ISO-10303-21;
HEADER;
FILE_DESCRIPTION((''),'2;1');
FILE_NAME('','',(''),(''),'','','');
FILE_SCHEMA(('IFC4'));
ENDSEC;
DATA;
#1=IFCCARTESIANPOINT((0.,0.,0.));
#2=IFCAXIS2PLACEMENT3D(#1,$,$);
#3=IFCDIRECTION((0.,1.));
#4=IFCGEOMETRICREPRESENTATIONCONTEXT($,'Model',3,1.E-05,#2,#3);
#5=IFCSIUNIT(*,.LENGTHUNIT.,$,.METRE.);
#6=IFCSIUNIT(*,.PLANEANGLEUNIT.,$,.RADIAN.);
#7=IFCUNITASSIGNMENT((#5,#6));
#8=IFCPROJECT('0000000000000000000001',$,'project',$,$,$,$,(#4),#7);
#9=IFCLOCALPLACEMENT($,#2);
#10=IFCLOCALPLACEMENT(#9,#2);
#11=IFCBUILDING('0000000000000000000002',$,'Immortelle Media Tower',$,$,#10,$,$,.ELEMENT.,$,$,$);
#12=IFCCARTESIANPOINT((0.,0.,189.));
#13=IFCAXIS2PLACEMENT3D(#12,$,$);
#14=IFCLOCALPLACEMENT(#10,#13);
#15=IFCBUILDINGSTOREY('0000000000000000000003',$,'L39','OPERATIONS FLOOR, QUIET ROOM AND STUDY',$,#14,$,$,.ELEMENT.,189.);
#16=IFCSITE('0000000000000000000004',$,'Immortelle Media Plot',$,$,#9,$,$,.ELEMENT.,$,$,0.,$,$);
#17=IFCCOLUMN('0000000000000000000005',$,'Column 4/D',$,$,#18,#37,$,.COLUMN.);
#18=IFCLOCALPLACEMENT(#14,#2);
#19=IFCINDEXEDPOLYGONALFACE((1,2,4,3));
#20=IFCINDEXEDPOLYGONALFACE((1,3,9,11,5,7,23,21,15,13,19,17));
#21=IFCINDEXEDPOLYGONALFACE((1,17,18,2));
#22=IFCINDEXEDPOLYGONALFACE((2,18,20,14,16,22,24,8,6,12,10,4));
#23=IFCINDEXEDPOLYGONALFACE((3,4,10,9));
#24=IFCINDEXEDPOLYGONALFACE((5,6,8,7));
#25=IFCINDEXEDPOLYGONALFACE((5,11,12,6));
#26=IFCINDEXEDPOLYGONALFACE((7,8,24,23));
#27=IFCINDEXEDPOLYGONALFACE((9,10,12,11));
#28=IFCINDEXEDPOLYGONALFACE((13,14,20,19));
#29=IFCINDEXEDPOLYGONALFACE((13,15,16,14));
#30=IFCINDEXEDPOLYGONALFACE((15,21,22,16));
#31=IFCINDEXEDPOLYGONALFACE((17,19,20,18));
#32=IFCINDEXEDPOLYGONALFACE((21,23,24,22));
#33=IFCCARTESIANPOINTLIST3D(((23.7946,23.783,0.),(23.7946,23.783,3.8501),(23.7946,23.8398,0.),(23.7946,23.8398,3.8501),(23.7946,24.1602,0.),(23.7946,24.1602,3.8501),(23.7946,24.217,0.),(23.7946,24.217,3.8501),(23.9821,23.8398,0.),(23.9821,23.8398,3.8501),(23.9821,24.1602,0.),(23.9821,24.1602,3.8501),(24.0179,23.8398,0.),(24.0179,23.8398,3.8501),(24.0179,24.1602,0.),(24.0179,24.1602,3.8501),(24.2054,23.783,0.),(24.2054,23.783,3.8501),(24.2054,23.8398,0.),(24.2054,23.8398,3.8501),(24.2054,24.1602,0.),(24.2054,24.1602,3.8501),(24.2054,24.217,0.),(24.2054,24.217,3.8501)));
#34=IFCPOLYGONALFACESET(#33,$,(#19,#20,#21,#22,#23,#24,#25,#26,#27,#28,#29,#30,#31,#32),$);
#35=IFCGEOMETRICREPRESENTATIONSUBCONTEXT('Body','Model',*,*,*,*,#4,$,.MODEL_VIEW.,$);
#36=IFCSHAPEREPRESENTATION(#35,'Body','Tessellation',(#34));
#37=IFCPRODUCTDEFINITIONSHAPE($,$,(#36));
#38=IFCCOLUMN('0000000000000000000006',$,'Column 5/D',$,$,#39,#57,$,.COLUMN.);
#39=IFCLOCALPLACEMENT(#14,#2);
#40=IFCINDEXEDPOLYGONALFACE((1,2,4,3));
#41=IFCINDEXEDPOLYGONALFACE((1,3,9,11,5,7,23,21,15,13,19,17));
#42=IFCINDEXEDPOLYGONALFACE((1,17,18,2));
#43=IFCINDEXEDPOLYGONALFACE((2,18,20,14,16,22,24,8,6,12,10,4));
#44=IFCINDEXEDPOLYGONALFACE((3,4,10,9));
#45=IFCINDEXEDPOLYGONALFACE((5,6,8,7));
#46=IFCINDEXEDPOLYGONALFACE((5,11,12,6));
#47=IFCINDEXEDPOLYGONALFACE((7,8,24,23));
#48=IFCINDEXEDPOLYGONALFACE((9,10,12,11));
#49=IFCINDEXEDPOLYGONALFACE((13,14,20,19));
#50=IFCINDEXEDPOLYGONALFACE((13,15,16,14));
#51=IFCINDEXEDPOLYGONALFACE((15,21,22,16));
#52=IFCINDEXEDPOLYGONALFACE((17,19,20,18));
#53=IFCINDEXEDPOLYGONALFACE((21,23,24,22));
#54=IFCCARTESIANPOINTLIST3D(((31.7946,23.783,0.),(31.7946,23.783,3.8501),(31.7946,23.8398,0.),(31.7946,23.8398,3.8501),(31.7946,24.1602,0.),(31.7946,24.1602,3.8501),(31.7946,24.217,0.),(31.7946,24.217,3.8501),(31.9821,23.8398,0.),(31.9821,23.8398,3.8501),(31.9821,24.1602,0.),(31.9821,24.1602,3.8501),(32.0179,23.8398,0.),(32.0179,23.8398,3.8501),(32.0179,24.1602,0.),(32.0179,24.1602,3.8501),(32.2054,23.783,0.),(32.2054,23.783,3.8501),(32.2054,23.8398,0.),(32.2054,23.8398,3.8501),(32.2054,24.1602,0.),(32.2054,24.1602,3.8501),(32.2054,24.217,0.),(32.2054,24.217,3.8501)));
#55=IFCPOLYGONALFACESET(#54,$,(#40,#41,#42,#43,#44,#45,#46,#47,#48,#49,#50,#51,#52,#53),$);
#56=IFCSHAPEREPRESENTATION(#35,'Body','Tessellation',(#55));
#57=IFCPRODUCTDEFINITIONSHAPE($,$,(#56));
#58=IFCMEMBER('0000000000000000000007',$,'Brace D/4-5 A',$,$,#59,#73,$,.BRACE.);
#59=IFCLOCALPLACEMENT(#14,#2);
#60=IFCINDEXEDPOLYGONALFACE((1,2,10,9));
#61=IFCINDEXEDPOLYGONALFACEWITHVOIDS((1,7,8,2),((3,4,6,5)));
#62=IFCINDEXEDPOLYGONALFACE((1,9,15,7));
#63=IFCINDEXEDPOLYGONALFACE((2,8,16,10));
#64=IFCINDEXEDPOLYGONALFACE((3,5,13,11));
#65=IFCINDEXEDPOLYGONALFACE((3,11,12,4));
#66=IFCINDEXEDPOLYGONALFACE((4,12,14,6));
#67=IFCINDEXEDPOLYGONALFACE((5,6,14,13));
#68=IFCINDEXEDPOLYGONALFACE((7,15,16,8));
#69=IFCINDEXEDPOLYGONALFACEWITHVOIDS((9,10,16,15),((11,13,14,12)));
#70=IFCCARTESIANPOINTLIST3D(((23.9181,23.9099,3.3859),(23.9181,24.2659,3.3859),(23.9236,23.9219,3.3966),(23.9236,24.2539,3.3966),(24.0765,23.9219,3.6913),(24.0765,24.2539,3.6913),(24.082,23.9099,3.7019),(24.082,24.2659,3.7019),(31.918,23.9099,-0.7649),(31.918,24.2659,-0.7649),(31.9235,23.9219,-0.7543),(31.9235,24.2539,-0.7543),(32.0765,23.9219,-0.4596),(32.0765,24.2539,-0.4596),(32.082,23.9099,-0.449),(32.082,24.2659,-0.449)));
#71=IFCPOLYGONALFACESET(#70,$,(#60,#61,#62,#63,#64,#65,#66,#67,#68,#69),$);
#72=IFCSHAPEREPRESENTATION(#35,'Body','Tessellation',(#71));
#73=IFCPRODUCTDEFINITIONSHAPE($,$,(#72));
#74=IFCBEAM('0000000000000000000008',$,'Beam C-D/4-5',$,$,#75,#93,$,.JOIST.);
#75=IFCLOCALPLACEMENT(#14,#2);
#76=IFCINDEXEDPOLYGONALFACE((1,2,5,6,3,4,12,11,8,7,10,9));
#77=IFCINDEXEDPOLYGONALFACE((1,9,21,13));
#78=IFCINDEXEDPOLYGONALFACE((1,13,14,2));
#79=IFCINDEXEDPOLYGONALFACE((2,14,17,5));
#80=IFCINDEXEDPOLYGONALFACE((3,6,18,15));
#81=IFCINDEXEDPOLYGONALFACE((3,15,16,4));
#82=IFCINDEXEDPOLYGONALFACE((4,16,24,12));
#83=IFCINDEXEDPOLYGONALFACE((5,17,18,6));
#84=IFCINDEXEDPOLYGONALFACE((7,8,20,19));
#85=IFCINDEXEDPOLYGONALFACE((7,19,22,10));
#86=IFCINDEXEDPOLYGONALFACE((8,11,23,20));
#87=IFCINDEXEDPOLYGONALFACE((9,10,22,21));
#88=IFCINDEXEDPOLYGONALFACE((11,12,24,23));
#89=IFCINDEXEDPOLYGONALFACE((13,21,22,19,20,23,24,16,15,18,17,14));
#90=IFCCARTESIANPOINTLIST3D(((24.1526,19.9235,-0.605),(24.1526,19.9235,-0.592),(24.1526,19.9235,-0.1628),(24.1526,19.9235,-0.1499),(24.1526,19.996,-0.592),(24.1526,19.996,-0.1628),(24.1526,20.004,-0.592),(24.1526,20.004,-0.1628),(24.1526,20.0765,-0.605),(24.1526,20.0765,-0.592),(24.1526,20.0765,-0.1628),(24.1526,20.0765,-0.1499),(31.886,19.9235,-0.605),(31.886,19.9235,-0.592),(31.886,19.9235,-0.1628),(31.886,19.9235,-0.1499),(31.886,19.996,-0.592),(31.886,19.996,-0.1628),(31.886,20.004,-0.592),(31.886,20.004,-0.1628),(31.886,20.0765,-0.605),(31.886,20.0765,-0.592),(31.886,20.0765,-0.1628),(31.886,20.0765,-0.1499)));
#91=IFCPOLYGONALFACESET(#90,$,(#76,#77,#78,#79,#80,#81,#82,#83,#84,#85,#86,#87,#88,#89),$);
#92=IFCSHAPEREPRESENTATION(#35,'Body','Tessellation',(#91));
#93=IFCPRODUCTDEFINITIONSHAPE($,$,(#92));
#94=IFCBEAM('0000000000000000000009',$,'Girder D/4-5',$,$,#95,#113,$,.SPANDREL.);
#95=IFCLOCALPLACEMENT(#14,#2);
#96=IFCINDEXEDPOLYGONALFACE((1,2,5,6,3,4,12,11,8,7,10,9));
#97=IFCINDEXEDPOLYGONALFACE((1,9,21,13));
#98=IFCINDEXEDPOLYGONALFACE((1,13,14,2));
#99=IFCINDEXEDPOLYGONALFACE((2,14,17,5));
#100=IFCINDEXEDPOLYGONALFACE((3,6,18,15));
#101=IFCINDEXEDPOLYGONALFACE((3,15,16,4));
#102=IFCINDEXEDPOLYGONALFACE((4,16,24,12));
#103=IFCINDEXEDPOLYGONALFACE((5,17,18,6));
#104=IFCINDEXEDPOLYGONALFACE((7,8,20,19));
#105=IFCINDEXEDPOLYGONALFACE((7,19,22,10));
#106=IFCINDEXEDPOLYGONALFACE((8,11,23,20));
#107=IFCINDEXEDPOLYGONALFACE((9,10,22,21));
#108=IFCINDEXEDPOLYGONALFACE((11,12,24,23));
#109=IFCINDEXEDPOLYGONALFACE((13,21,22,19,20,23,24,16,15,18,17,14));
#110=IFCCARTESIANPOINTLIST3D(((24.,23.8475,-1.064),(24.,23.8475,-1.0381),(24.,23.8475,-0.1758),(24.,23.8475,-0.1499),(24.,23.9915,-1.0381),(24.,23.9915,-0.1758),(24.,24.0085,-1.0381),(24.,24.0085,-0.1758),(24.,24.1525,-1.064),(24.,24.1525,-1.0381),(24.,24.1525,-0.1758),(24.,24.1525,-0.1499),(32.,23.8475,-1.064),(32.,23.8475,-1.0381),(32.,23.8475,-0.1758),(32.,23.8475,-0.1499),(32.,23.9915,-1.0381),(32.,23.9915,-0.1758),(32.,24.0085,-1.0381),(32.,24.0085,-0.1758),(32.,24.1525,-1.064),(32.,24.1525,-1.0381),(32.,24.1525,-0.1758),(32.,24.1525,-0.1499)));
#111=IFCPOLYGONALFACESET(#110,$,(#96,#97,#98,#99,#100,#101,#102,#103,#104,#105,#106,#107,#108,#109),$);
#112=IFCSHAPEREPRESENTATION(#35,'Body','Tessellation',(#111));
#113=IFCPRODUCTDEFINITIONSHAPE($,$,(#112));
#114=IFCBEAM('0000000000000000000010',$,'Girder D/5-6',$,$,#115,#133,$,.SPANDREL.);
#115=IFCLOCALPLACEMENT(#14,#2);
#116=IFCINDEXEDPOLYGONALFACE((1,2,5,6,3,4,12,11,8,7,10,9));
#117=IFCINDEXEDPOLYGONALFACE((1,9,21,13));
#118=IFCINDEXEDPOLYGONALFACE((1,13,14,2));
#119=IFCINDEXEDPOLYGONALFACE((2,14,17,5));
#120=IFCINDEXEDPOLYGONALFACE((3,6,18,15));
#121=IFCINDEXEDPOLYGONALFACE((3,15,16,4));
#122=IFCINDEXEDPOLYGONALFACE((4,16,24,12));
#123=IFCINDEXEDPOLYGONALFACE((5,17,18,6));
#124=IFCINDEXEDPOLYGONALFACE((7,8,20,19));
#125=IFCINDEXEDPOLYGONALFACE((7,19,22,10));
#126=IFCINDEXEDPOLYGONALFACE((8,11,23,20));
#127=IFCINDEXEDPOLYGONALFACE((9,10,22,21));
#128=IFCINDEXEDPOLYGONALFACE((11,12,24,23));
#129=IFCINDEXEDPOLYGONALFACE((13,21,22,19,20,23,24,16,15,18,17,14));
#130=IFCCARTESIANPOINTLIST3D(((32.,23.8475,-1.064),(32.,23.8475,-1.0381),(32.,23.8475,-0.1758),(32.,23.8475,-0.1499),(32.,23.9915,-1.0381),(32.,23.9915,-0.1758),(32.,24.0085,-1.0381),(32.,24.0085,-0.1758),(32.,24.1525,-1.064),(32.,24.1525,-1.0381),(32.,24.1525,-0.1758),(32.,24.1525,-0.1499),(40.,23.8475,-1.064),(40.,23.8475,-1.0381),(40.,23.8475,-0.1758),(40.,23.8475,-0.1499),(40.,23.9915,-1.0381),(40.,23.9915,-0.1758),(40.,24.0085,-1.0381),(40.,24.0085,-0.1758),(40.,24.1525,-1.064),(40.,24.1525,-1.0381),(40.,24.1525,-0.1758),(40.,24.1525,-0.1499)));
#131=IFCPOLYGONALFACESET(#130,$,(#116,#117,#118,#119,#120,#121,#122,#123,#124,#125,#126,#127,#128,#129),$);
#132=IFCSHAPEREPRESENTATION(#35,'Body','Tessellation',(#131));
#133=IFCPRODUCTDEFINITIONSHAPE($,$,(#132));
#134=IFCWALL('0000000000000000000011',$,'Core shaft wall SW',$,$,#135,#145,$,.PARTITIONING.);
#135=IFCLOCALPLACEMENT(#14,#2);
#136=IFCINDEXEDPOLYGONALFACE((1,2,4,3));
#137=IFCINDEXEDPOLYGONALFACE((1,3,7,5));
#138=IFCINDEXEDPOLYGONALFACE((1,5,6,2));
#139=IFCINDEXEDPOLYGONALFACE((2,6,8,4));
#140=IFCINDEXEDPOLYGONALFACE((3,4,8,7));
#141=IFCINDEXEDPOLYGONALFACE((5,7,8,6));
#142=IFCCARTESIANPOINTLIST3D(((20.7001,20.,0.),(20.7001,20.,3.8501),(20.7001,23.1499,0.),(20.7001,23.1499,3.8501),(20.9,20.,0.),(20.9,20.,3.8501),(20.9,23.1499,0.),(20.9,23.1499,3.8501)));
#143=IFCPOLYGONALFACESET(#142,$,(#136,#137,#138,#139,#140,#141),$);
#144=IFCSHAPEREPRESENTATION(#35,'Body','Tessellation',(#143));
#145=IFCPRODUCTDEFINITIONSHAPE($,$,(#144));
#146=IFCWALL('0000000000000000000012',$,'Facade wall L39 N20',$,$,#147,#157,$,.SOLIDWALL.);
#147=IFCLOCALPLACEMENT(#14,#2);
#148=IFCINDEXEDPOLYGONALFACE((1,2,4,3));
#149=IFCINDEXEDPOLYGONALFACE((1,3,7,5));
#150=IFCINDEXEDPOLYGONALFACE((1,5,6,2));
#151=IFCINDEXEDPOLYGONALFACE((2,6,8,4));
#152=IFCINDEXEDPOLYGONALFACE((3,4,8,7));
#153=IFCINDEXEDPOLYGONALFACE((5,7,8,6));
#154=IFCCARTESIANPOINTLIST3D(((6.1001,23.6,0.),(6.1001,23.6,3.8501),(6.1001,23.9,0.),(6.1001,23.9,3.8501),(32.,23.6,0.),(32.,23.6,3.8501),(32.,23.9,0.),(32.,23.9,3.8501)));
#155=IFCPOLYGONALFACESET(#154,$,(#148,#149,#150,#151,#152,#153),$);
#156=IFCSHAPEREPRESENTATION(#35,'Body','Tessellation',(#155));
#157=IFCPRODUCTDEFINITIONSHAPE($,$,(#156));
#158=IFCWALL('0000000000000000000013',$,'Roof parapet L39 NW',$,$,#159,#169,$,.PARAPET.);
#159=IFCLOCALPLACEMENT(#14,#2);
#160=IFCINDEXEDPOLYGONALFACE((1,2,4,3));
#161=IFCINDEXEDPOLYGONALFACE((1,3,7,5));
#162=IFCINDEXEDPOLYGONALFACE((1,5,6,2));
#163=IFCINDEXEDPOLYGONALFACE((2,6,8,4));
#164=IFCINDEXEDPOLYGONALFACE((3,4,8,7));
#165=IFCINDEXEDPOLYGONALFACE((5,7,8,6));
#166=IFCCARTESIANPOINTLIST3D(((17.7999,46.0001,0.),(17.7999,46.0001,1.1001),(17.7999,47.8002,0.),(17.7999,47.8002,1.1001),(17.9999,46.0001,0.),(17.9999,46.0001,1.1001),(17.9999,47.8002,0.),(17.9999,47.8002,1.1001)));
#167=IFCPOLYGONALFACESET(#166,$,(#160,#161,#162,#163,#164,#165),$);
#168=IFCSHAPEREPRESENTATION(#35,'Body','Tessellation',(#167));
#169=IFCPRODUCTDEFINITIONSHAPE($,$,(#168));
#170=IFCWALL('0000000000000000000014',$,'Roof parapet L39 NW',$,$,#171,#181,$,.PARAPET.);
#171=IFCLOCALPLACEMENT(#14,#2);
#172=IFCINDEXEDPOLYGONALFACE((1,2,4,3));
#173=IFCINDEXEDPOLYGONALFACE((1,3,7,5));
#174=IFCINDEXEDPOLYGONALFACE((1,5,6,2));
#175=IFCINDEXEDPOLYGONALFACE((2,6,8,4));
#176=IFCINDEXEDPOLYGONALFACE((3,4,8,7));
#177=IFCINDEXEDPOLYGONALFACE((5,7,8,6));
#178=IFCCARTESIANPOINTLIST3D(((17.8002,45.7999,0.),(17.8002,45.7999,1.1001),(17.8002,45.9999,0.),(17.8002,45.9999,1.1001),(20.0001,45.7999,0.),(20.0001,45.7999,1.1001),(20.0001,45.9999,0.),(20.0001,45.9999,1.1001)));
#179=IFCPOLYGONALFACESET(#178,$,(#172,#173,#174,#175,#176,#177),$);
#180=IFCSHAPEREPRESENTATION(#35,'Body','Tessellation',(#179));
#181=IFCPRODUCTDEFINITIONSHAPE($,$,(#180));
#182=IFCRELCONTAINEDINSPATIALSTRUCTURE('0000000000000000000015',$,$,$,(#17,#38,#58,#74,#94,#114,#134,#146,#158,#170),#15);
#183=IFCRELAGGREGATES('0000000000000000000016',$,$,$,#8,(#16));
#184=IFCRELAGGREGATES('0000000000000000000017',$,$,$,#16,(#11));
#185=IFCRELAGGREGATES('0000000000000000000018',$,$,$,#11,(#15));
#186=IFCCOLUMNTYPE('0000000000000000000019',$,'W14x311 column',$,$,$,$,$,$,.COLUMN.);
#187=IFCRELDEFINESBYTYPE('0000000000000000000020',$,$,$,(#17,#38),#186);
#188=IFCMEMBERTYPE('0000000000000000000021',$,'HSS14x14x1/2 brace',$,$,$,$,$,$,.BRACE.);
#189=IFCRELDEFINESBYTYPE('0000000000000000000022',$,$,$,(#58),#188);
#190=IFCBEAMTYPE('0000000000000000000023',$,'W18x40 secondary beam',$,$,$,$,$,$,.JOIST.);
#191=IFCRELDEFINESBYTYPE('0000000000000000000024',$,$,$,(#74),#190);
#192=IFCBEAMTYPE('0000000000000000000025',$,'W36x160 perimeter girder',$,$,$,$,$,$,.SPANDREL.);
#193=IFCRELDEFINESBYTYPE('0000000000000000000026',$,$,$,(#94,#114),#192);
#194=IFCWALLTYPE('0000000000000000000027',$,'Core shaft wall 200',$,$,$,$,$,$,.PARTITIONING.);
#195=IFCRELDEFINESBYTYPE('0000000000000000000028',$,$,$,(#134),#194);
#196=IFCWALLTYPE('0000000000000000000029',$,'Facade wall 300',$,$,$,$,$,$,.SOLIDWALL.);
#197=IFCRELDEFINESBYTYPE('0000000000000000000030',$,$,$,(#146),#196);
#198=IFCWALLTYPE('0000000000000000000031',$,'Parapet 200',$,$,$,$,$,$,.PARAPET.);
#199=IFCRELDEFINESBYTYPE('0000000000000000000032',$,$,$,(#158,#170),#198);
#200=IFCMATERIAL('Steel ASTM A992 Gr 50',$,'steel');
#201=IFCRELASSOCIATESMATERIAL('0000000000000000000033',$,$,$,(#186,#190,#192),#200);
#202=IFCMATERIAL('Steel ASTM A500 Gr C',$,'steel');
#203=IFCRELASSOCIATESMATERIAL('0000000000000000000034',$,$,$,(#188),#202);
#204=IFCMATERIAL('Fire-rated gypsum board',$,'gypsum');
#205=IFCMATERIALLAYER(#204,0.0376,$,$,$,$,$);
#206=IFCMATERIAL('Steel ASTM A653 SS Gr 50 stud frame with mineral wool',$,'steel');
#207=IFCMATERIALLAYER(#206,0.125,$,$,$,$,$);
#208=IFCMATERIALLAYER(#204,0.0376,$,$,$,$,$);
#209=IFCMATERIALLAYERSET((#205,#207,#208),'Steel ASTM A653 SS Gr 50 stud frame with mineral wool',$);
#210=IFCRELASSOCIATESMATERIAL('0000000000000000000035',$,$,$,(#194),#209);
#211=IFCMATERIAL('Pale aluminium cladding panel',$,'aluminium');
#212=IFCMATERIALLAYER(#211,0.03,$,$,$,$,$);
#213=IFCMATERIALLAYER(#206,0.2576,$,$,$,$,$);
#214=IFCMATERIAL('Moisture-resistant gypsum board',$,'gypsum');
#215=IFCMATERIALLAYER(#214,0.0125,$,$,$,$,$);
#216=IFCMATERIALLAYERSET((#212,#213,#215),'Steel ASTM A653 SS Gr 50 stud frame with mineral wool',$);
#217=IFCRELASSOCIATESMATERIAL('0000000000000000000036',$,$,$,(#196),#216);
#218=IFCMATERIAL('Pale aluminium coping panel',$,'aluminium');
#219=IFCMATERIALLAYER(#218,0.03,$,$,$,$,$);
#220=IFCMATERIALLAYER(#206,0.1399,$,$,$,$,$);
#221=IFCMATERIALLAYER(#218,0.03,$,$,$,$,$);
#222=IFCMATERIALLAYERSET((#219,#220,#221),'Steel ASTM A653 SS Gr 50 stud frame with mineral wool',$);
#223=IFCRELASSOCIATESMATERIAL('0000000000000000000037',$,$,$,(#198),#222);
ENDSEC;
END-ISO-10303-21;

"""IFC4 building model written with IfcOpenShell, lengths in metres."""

from ifc_helpers import new_model, si_unit, direction, frame, frame_2d, origin, origin_2d, place, context, subcontext, project, spatial, rectangle, hollow_rectangle, i_section, extrude, material, layer, layer_set, material_profile, profile_set, type_object, element, save


model = new_model("IFC4")

# Units and contexts
model_context = context("Model", 3, precision=1e-05, world=origin(), true_north=direction((0.0, 1.0)))
body_context = subcontext(model_context, "Body", "Model", "MODEL_VIEW")
ifc_project = project(units=[si_unit("LENGTHUNIT", "METRE"), si_unit("PLANEANGLEUNIT", "RADIAN")], contexts=[model_context])

# Site, building, storey
site_placement = place(None, origin())
site = spatial("IfcSite", under=ifc_project, at=site_placement, Name="Immortelle Media Plot", CompositionType="ELEMENT", RefElevation=0.0)
building_placement = place(site_placement, origin())
building = spatial("IfcBuilding", under=site, at=building_placement, Name="Immortelle Media Tower", CompositionType="ELEMENT")
storey_placement = place(building_placement, frame((0.0, 0.0, 189.0)))
storey = spatial("IfcBuildingStorey", under=building, at=storey_placement, Name="L39", Description="OPERATIONS FLOOR, QUIET ROOM AND STUDY", CompositionType="ELEMENT", Elevation=189.0)

# Columns
ifc_material_1 = material(Name="Steel ASTM A992 Gr 50", Category="steel")
ifc_material_profile_1 = material_profile(ifc_material_1, i_section(OverallWidth=0.4109, OverallDepth=0.4341, WebThickness=0.0359, FlangeThickness=0.0569, at=origin_2d()), Name="W14x311")
ifc_profile_set_1 = profile_set([ifc_material_profile_1], Name="Steel ASTM A992 Gr 50")
column_type = type_object("IfcColumnType", Name="W14x311 column", PredefinedType="COLUMN", material=ifc_profile_set_1)
for number, where, z_axis, x_axis, name in (
    (1, (24.0, 24.0, 0.0), (0.0, 0.0, 1.0), (1.0, 0.0, 0.0), "Column 4/D"),
    (2, (32.0, 24.0, 0.0), (0.0, 0.0, 1.0), (1.0, 0.0, 0.0), "Column 5/D"),
):
    element("IfcColumn", number, at=place(storey_placement, frame(where, z_axis=z_axis, x_axis=x_axis)), inside=storey, type_object=column_type, Name=name, PredefinedType="COLUMN", context=body_context, shape_type="SweptSolid", body=[
        extrude(i_section(OverallWidth=0.4109, OverallDepth=0.4341, WebThickness=0.0359, FlangeThickness=0.0569, at=origin_2d()), origin(), (0.0, 0.0, 1.0), 3.8501),
    ])

# Member
ifc_material_2 = material(Name="Steel ASTM A500 Gr C", Category="steel")
ifc_material_profile_2 = material_profile(ifc_material_2, hollow_rectangle(XDim=0.356, YDim=0.356, WallThickness=0.012, at=origin_2d()), Name="HSS14x14x1/2 brace")
ifc_profile_set_2 = profile_set([ifc_material_profile_2], Name="Steel ASTM A500 Gr C")
member_type = type_object("IfcMemberType", Name="HSS14x14x1/2 brace", PredefinedType="BRACE", material=ifc_profile_set_2)
member_placement = place(storey_placement, frame((32.0, 24.0879, -0.6069), z_axis=(-0.887631, 0.0, 0.460556), x_axis=(0.0, -1.0, 0.0)))
element("IfcMember", 3, at=member_placement, inside=storey, type_object=member_type, Name="Brace D/4-5 A", PredefinedType="BRACE", context=body_context, shape_type="SweptSolid", body=[
    extrude(hollow_rectangle(XDim=0.356, YDim=0.356, WallThickness=0.012, at=origin_2d()), origin(), (0.0, 0.0, 1.0), 9.0127),
])

# Beams
ifc_material_profile_3 = material_profile(ifc_material_1, i_section(OverallWidth=0.1531, OverallDepth=0.4551, WebThickness=0.0081, FlangeThickness=0.0129, at=origin_2d()), Name="W18x40")
ifc_profile_set_3 = profile_set([ifc_material_profile_3], Name="Steel ASTM A992 Gr 50")
beam_type_1 = type_object("IfcBeamType", Name="W18x40 secondary beam", PredefinedType="JOIST", material=ifc_profile_set_3)
beam_placement = place(storey_placement, frame((24.1526, 20.0, -0.3774), z_axis=(1.0, 0.0, 0.0), x_axis=(0.0, 1.0, 0.0)))
element("IfcBeam", 4, at=beam_placement, inside=storey, type_object=beam_type_1, Name="Beam C-D/4-5", PredefinedType="JOIST", context=body_context, shape_type="SweptSolid", body=[
    extrude(i_section(OverallWidth=0.1531, OverallDepth=0.4551, WebThickness=0.0081, FlangeThickness=0.0129, at=origin_2d()), origin(), (0.0, 0.0, 1.0), 7.7334),
])
ifc_material_profile_4 = material_profile(ifc_material_1, i_section(OverallWidth=0.3049, OverallDepth=0.9141, WebThickness=0.0171, FlangeThickness=0.0259, at=origin_2d()), Name="W36x160")
ifc_profile_set_4 = profile_set([ifc_material_profile_4], Name="Steel ASTM A992 Gr 50")
beam_type_2 = type_object("IfcBeamType", Name="W36x160 perimeter girder", PredefinedType="SPANDREL", material=ifc_profile_set_4)
for number, where, z_axis, x_axis, name in (
    (5, (24.0, 24.0, -0.6069), (1.0, 0.0, 0.0), (0.0, 1.0, 0.0), "Girder D/4-5"),
    (6, (32.0, 24.0, -0.6069), (1.0, 0.0, 0.0), (0.0, 1.0, 0.0), "Girder D/5-6"),
):
    element("IfcBeam", number, at=place(storey_placement, frame(where, z_axis=z_axis, x_axis=x_axis)), inside=storey, type_object=beam_type_2, Name=name, PredefinedType="SPANDREL", context=body_context, shape_type="SweptSolid", body=[
        extrude(i_section(OverallWidth=0.3049, OverallDepth=0.9141, WebThickness=0.0171, FlangeThickness=0.0259, at=origin_2d()), origin(), (0.0, 0.0, 1.0), 8.0),
    ])

# Walls
ifc_material_3 = material(Name="Fire-rated gypsum board", Category="gypsum")
ifc_layer_1 = layer(ifc_material_3, 0.0376)
ifc_material_4 = material(Name="Steel ASTM A653 SS Gr 50 stud frame with mineral wool", Category="steel")
ifc_layer_2 = layer(ifc_material_4, 0.125)
ifc_layer_3 = layer(ifc_material_3, 0.0376)
ifc_layer_set_1 = layer_set([ifc_layer_1, ifc_layer_2, ifc_layer_3], Name="Steel ASTM A653 SS Gr 50 stud frame with mineral wool")
wall_type_1 = type_object("IfcWallType", Name="Core shaft wall 200", PredefinedType="PARTITIONING", material=ifc_layer_set_1)
wall_1_placement = place(storey_placement, frame((20.8, 20.0, 0.0), z_axis=(0.0, 0.0, 1.0), x_axis=(0.0, 1.0, 0.0)))
element("IfcWall", 7, at=wall_1_placement, inside=storey, type_object=wall_type_1, Name="Core shaft wall SW", PredefinedType="PARTITIONING", context=body_context, shape_type="SweptSolid", body=[
    extrude(rectangle(XDim=3.1499, YDim=0.2, at=frame_2d((1.575, 0.0))), origin(), (0.0, 0.0, 1.0), 3.8501),
])
ifc_material_5 = material(Name="Pale aluminium cladding panel", Category="aluminium")
ifc_layer_4 = layer(ifc_material_5, 0.03)
ifc_layer_5 = layer(ifc_material_4, 0.2576)
ifc_material_6 = material(Name="Moisture-resistant gypsum board", Category="gypsum")
ifc_layer_6 = layer(ifc_material_6, 0.0125)
ifc_layer_set_2 = layer_set([ifc_layer_4, ifc_layer_5, ifc_layer_6], Name="Steel ASTM A653 SS Gr 50 stud frame with mineral wool")
wall_type_2 = type_object("IfcWallType", Name="Facade wall 300", PredefinedType="SOLIDWALL", material=ifc_layer_set_2)
wall_2_placement = place(storey_placement, frame((32.0, 23.75, 0.0), z_axis=(0.0, 0.0, 1.0), x_axis=(-1.0, 0.0, 0.0)))
element("IfcWall", 8, at=wall_2_placement, inside=storey, type_object=wall_type_2, Name="Facade wall L39 N20", PredefinedType="SOLIDWALL", context=body_context, shape_type="SweptSolid", body=[
    extrude(rectangle(XDim=25.8999, YDim=0.3, at=frame_2d((12.95, 0.0))), origin(), (0.0, 0.0, 1.0), 3.8501),
])
ifc_material_7 = material(Name="Pale aluminium coping panel", Category="aluminium")
ifc_layer_7 = layer(ifc_material_7, 0.03)
ifc_layer_8 = layer(ifc_material_4, 0.1399)
ifc_layer_9 = layer(ifc_material_7, 0.03)
ifc_layer_set_3 = layer_set([ifc_layer_7, ifc_layer_8, ifc_layer_9], Name="Steel ASTM A653 SS Gr 50 stud frame with mineral wool")
wall_type_3 = type_object("IfcWallType", Name="Parapet 200", PredefinedType="PARAPET", material=ifc_layer_set_3)
wall_3_placement = place(storey_placement, frame((17.8999, 47.8, 0.0), z_axis=(0.0, 0.0, 1.0), x_axis=(0.0, -1.0, 0.0)))
element("IfcWall", 9, at=wall_3_placement, inside=storey, type_object=wall_type_3, Name="Roof parapet L39 NW", PredefinedType="PARAPET", context=body_context, shape_type="SweptSolid", body=[
    extrude(rectangle(XDim=1.8, YDim=0.2, at=frame_2d((0.8999, 0.0))), origin(), (0.0, 0.0, 1.0), 1.1001),
])
wall_4_placement = place(storey_placement, frame((17.8, 45.8999, 0.0), z_axis=(0.0, 0.0, 1.0), x_axis=(1.0, 0.0, 0.0)))
element("IfcWall", 10, at=wall_4_placement, inside=storey, type_object=wall_type_3, Name="Roof parapet L39 NW", PredefinedType="PARAPET", context=body_context, shape_type="SweptSolid", body=[
    extrude(rectangle(XDim=2.2, YDim=0.2, at=frame_2d((1.1001, 0.0))), origin(), (0.0, 0.0, 1.0), 1.1001),
])

save(model, "model.ifc")
